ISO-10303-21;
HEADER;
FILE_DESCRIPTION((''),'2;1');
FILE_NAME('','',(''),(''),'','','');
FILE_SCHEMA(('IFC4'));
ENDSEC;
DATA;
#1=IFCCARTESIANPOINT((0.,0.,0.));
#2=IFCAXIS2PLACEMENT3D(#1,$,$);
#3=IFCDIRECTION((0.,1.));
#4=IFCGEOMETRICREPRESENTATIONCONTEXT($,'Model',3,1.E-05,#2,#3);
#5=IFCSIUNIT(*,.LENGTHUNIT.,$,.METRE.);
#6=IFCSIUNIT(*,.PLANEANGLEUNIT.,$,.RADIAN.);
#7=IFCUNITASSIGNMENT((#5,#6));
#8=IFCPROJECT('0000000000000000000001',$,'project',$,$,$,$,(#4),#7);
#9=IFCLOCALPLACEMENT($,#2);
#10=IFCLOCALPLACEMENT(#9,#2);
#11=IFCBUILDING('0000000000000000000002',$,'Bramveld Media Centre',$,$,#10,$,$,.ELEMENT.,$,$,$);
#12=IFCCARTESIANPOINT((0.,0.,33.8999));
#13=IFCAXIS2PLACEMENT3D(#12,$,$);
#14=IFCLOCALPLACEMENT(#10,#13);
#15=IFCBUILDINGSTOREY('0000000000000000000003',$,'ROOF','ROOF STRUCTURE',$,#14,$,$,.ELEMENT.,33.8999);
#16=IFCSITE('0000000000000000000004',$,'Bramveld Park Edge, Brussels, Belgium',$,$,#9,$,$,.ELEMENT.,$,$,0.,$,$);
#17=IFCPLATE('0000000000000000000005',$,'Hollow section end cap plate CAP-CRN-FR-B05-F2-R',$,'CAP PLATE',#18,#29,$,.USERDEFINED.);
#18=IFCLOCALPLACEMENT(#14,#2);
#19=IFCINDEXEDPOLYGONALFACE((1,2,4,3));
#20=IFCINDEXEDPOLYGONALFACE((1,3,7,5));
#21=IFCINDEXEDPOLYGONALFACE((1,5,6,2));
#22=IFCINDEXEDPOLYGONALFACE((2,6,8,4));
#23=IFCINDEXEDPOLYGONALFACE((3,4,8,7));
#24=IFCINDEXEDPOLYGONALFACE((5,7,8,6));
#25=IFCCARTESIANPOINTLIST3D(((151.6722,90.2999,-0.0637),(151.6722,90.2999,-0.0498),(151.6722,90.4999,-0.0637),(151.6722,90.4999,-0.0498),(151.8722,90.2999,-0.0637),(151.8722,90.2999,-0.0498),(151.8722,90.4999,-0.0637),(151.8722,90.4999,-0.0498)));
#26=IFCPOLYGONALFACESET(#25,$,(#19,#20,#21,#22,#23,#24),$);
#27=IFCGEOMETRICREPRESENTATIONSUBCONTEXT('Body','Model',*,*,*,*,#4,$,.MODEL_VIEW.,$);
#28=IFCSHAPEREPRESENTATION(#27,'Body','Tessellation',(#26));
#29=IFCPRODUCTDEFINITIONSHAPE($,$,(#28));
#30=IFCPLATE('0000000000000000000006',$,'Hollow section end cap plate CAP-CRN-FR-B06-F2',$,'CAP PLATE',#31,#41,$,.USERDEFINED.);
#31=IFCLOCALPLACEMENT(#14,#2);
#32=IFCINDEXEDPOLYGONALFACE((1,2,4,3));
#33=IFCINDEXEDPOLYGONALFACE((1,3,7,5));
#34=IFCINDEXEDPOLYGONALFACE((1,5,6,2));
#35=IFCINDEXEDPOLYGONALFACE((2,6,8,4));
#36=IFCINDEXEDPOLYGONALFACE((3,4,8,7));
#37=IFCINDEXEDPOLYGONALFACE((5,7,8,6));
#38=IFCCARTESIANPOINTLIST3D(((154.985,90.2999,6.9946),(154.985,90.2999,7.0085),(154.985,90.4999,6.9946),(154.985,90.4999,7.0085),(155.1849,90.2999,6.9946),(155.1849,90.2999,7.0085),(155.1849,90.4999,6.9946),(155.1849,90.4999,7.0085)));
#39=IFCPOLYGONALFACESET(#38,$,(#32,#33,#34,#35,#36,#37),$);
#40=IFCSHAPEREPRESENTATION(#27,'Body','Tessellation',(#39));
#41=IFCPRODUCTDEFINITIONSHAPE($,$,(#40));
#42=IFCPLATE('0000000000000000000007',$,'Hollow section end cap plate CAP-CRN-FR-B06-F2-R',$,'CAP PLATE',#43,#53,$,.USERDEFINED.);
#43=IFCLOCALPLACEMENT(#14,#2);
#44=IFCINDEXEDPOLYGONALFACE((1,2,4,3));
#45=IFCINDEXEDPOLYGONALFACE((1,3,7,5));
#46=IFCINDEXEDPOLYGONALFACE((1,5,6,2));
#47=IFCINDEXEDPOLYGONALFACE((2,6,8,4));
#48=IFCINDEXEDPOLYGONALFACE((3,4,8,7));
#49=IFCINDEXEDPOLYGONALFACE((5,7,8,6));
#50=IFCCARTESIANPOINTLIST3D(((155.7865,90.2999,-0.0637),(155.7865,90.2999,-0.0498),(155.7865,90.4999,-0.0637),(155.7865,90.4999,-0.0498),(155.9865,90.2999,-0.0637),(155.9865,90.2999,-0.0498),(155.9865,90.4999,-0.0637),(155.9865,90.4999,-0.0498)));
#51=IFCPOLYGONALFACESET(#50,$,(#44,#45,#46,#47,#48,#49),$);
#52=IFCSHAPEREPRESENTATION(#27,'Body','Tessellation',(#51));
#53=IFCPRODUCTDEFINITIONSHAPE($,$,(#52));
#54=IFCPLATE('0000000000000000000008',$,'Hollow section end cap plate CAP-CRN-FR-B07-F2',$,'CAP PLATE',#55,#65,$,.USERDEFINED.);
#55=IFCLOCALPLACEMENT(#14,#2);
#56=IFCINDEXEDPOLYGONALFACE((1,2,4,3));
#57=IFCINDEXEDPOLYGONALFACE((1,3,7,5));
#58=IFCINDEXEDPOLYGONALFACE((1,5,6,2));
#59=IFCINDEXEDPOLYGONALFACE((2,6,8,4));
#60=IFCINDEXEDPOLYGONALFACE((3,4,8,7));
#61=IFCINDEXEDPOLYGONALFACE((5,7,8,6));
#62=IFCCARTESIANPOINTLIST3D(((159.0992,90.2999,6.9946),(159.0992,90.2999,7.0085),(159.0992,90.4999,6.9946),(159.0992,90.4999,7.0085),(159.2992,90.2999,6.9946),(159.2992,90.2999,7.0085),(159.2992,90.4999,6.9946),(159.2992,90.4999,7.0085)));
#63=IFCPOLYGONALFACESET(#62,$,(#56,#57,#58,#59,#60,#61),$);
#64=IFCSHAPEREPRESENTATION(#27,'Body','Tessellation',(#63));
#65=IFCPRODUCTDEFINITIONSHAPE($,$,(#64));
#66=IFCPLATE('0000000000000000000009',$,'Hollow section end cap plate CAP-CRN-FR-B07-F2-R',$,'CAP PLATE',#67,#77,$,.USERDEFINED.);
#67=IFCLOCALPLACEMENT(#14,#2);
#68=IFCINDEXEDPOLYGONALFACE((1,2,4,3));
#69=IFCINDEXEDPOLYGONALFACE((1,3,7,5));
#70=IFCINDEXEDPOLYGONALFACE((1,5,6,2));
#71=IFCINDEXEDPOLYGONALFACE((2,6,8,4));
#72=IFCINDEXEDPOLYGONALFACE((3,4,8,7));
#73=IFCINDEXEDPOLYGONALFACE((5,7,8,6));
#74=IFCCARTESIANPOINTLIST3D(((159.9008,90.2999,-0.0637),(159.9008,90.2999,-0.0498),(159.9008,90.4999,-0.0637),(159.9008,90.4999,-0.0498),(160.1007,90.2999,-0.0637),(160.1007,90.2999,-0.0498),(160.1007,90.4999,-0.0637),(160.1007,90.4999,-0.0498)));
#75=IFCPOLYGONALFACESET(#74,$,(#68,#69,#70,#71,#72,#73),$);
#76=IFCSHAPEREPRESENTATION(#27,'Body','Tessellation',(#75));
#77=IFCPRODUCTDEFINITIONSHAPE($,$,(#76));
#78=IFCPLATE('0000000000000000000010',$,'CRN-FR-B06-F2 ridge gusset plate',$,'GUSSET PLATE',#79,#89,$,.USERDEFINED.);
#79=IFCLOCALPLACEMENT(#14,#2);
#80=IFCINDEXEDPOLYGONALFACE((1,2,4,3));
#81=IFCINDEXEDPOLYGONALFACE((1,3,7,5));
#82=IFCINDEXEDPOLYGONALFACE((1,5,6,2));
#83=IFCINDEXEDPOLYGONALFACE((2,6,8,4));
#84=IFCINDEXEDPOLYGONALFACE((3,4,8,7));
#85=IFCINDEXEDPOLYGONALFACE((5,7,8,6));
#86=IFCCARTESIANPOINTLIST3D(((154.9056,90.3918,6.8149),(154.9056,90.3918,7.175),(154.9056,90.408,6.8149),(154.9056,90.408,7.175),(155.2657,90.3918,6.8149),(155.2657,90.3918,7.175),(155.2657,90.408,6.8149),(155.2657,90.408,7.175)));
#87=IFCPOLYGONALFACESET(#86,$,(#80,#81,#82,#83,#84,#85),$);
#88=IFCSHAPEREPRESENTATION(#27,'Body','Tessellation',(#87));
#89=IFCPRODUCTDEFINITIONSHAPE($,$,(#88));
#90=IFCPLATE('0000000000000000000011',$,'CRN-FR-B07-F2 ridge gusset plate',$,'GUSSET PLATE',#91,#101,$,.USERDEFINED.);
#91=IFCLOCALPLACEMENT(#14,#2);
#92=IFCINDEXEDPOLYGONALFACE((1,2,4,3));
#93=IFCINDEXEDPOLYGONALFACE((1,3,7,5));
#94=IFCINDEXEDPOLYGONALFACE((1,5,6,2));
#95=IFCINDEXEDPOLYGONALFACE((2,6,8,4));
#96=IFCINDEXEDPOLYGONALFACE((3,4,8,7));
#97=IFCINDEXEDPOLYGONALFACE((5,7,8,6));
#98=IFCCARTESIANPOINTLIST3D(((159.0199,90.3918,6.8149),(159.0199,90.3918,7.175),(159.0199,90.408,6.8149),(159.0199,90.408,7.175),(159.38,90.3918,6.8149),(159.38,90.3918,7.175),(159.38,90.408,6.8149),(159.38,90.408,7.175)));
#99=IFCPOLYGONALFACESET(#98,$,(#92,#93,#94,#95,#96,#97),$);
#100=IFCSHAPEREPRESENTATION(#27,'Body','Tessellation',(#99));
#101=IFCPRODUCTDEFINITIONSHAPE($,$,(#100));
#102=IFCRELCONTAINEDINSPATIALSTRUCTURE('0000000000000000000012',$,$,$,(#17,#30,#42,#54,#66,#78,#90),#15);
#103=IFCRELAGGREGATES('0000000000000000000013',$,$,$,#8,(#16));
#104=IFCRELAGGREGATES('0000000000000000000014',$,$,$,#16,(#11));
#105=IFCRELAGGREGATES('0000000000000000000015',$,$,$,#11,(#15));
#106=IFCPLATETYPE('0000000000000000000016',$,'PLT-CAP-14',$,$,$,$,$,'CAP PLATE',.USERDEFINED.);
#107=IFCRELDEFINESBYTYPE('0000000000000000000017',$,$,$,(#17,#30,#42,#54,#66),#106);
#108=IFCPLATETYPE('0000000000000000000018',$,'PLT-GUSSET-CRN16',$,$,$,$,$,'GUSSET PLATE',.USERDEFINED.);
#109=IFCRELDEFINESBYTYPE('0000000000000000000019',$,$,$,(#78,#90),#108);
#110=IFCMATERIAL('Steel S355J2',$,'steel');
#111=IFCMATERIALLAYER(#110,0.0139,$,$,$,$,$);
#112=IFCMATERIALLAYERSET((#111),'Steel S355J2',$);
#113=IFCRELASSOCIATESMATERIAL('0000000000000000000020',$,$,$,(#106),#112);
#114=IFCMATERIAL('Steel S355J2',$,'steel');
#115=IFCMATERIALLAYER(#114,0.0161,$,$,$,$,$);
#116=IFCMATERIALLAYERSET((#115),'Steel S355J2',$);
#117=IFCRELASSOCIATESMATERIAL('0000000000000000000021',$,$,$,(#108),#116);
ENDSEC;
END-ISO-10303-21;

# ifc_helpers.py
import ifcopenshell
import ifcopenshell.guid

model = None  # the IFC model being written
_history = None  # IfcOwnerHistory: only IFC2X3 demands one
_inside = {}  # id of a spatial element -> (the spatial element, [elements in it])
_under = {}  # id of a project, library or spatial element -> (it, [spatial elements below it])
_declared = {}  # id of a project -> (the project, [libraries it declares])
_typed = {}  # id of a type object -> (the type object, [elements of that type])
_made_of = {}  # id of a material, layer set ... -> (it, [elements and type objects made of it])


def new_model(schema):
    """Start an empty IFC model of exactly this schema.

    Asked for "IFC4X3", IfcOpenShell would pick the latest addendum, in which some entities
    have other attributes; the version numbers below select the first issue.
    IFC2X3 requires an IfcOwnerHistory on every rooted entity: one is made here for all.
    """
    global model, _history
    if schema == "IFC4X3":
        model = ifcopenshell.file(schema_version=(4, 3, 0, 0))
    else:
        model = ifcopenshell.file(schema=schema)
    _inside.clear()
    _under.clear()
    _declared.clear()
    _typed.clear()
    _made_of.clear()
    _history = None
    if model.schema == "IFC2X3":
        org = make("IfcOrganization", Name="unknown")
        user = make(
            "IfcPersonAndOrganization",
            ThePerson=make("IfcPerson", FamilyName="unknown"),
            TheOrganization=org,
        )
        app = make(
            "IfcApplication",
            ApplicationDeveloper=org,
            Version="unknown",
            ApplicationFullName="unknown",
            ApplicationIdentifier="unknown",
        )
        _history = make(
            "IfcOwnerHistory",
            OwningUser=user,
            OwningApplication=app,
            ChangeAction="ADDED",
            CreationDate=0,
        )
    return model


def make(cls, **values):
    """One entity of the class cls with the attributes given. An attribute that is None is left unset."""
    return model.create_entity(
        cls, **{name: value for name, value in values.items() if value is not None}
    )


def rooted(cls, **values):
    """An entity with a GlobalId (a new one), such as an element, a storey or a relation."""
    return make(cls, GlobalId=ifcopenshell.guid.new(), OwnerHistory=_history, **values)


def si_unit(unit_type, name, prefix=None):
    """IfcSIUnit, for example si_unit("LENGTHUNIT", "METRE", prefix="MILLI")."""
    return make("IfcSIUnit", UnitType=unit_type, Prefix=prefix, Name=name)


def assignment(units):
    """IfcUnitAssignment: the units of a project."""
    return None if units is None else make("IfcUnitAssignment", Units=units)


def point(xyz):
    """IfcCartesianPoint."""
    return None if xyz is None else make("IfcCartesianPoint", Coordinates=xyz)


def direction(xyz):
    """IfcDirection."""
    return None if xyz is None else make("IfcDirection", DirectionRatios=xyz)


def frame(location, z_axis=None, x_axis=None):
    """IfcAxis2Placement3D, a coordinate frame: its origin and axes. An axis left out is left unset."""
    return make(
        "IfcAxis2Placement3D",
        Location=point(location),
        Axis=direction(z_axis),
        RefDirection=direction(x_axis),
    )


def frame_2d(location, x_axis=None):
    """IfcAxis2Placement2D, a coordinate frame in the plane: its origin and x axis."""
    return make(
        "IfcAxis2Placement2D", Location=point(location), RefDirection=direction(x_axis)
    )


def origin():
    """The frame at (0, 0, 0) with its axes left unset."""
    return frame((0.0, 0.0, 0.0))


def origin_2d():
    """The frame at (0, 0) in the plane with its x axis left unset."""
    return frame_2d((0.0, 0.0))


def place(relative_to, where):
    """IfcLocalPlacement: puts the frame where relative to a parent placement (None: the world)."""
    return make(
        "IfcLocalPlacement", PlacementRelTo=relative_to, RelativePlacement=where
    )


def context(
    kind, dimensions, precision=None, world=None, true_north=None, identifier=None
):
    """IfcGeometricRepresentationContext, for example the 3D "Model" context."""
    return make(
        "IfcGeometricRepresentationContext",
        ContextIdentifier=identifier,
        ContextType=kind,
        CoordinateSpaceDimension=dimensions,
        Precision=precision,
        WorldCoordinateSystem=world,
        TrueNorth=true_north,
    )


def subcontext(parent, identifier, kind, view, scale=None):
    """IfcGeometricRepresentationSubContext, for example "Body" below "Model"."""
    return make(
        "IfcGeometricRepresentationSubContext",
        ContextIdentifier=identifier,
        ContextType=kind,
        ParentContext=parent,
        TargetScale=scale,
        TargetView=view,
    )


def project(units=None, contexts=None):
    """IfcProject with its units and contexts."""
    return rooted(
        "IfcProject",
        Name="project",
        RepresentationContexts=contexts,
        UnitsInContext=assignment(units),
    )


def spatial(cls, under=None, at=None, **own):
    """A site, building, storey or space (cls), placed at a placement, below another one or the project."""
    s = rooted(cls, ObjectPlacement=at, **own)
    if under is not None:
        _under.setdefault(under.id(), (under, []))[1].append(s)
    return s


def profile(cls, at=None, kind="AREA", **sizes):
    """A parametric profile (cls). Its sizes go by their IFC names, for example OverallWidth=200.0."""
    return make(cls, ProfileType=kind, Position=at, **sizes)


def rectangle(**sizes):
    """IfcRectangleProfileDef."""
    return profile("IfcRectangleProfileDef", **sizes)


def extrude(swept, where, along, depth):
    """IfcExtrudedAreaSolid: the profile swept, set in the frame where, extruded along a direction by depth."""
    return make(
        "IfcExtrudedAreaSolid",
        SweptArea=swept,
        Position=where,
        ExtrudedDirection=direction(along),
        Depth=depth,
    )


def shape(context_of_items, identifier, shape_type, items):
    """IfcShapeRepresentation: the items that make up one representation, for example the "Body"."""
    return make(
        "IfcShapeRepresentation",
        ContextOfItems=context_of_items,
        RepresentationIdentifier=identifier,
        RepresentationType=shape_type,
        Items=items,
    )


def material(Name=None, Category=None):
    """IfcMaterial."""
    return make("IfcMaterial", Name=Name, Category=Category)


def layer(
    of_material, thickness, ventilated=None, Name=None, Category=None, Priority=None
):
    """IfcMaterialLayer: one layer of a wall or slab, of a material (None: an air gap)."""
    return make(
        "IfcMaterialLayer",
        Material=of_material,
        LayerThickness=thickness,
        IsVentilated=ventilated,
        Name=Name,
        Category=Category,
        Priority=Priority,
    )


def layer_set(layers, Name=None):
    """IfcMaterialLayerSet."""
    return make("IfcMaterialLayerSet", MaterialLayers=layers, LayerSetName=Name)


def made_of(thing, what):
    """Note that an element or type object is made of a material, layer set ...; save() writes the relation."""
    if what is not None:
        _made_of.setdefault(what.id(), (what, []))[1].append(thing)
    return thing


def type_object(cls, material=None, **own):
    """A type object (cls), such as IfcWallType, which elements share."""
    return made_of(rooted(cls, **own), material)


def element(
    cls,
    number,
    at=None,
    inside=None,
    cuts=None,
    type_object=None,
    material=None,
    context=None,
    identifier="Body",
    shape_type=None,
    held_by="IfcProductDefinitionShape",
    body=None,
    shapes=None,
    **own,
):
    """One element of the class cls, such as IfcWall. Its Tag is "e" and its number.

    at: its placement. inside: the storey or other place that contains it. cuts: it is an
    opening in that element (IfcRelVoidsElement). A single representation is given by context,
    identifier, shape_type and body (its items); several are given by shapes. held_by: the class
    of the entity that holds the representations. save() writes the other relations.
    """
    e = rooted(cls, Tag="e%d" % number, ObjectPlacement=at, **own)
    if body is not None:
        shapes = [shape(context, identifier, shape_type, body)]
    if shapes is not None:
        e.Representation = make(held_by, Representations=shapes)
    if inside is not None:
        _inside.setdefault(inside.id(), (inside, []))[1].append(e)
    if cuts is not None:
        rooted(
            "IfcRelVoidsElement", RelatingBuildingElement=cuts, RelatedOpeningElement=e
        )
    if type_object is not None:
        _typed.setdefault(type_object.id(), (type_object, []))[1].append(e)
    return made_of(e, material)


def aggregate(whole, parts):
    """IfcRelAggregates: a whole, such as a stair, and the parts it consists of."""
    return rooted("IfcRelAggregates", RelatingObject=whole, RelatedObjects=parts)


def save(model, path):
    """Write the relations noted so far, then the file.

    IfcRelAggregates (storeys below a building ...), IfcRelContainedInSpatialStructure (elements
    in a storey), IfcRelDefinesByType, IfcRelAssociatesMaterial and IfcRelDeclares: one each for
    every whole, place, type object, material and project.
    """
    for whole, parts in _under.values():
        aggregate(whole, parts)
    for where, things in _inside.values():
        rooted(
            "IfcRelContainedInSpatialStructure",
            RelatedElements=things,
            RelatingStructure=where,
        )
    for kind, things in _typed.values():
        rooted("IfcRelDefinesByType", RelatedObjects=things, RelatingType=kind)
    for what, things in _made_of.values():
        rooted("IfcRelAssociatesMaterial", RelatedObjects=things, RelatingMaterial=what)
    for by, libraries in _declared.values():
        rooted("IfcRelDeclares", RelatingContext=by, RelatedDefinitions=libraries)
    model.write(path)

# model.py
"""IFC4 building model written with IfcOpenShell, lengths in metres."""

from ifc_helpers import new_model, si_unit, direction, frame, origin, origin_2d, place, context, subcontext, project, spatial, rectangle, extrude, material, layer, layer_set, type_object, element, save


model = new_model("IFC4")

# Units and contexts
model_context = context("Model", 3, precision=1e-05, world=origin(), true_north=direction((0.0, 1.0)))
body_context = subcontext(model_context, "Body", "Model", "MODEL_VIEW")
ifc_project = project(units=[si_unit("LENGTHUNIT", "METRE"), si_unit("PLANEANGLEUNIT", "RADIAN")], contexts=[model_context])

# Site, building, storey
site_placement = place(None, origin())
site = spatial("IfcSite", under=ifc_project, at=site_placement, Name="Bramveld Park Edge, Brussels, Belgium", CompositionType="ELEMENT", RefElevation=0.0)
building_placement = place(site_placement, origin())
building = spatial("IfcBuilding", under=site, at=building_placement, Name="Bramveld Media Centre", CompositionType="ELEMENT")
storey_placement = place(building_placement, frame((0.0, 0.0, 33.8999)))
storey = spatial("IfcBuildingStorey", under=building, at=storey_placement, Name="ROOF", Description="ROOF STRUCTURE", CompositionType="ELEMENT", Elevation=33.8999)

# Plates
ifc_material_1 = material(Name="Steel S355J2", Category="steel")
ifc_layer_1 = layer(ifc_material_1, 0.0139)
ifc_layer_set_1 = layer_set([ifc_layer_1], Name="Steel S355J2")
plate_type_1 = type_object("IfcPlateType", Name="PLT-CAP-14", ElementType="CAP PLATE", PredefinedType="USERDEFINED", material=ifc_layer_set_1)
for number, where, z_axis, x_axis, name in (
    (1, (151.7722, 90.3999, -0.0498), (0.0, 0.0, -1.0), (1.0, 0.0, 0.0), "Hollow section end cap plate CAP-CRN-FR-B05-F2-R"),
    (2, (155.085, 90.3999, 6.9946), (0.0, 0.0, 1.0), (1.0, 0.0, 0.0), "Hollow section end cap plate CAP-CRN-FR-B06-F2"),
    (3, (155.8865, 90.3999, -0.0498), (0.0, 0.0, -1.0), (1.0, 0.0, 0.0), "Hollow section end cap plate CAP-CRN-FR-B06-F2-R"),
    (4, (159.1992, 90.3999, 6.9946), (0.0, 0.0, 1.0), (1.0, 0.0, 0.0), "Hollow section end cap plate CAP-CRN-FR-B07-F2"),
    (5, (160.0007, 90.3999, -0.0498), (0.0, 0.0, -1.0), (1.0, 0.0, 0.0), "Hollow section end cap plate CAP-CRN-FR-B07-F2-R"),
):
    element("IfcPlate", number, at=place(storey_placement, frame(where, z_axis=z_axis, x_axis=x_axis)), inside=storey, type_object=plate_type_1, Name=name, ObjectType="CAP PLATE", PredefinedType="USERDEFINED", context=body_context, shape_type="SweptSolid", body=[
        extrude(rectangle(XDim=0.2, YDim=0.2, at=origin_2d()), origin(), (0.0, 0.0, 1.0), 0.0139),
    ])
ifc_material_2 = material(Name="Steel S355J2", Category="steel")
ifc_layer_2 = layer(ifc_material_2, 0.0161)
ifc_layer_set_2 = layer_set([ifc_layer_2], Name="Steel S355J2")
plate_type_2 = type_object("IfcPlateType", Name="PLT-GUSSET-CRN16", ElementType="GUSSET PLATE", PredefinedType="USERDEFINED", material=ifc_layer_set_2)
for number, where, z_axis, x_axis, name in (
    (6, (155.0857, 90.3999, 6.8149), (0.0, 0.0, 1.0), (1.0, 0.0, 0.0), "CRN-FR-B06-F2 ridge gusset plate"),
    (7, (159.2, 90.3999, 6.8149), (0.0, 0.0, 1.0), (1.0, 0.0, 0.0), "CRN-FR-B07-F2 ridge gusset plate"),
):
    element("IfcPlate", number, at=place(storey_placement, frame(where, z_axis=z_axis, x_axis=x_axis)), inside=storey, type_object=plate_type_2, Name=name, ObjectType="GUSSET PLATE", PredefinedType="USERDEFINED", context=body_context, shape_type="SweptSolid", body=[
        extrude(rectangle(XDim=0.3601, YDim=0.0161, at=origin_2d()), origin(), (0.0, 0.0, 1.0), 0.3601),
    ])

save(model, "model.ifc")
